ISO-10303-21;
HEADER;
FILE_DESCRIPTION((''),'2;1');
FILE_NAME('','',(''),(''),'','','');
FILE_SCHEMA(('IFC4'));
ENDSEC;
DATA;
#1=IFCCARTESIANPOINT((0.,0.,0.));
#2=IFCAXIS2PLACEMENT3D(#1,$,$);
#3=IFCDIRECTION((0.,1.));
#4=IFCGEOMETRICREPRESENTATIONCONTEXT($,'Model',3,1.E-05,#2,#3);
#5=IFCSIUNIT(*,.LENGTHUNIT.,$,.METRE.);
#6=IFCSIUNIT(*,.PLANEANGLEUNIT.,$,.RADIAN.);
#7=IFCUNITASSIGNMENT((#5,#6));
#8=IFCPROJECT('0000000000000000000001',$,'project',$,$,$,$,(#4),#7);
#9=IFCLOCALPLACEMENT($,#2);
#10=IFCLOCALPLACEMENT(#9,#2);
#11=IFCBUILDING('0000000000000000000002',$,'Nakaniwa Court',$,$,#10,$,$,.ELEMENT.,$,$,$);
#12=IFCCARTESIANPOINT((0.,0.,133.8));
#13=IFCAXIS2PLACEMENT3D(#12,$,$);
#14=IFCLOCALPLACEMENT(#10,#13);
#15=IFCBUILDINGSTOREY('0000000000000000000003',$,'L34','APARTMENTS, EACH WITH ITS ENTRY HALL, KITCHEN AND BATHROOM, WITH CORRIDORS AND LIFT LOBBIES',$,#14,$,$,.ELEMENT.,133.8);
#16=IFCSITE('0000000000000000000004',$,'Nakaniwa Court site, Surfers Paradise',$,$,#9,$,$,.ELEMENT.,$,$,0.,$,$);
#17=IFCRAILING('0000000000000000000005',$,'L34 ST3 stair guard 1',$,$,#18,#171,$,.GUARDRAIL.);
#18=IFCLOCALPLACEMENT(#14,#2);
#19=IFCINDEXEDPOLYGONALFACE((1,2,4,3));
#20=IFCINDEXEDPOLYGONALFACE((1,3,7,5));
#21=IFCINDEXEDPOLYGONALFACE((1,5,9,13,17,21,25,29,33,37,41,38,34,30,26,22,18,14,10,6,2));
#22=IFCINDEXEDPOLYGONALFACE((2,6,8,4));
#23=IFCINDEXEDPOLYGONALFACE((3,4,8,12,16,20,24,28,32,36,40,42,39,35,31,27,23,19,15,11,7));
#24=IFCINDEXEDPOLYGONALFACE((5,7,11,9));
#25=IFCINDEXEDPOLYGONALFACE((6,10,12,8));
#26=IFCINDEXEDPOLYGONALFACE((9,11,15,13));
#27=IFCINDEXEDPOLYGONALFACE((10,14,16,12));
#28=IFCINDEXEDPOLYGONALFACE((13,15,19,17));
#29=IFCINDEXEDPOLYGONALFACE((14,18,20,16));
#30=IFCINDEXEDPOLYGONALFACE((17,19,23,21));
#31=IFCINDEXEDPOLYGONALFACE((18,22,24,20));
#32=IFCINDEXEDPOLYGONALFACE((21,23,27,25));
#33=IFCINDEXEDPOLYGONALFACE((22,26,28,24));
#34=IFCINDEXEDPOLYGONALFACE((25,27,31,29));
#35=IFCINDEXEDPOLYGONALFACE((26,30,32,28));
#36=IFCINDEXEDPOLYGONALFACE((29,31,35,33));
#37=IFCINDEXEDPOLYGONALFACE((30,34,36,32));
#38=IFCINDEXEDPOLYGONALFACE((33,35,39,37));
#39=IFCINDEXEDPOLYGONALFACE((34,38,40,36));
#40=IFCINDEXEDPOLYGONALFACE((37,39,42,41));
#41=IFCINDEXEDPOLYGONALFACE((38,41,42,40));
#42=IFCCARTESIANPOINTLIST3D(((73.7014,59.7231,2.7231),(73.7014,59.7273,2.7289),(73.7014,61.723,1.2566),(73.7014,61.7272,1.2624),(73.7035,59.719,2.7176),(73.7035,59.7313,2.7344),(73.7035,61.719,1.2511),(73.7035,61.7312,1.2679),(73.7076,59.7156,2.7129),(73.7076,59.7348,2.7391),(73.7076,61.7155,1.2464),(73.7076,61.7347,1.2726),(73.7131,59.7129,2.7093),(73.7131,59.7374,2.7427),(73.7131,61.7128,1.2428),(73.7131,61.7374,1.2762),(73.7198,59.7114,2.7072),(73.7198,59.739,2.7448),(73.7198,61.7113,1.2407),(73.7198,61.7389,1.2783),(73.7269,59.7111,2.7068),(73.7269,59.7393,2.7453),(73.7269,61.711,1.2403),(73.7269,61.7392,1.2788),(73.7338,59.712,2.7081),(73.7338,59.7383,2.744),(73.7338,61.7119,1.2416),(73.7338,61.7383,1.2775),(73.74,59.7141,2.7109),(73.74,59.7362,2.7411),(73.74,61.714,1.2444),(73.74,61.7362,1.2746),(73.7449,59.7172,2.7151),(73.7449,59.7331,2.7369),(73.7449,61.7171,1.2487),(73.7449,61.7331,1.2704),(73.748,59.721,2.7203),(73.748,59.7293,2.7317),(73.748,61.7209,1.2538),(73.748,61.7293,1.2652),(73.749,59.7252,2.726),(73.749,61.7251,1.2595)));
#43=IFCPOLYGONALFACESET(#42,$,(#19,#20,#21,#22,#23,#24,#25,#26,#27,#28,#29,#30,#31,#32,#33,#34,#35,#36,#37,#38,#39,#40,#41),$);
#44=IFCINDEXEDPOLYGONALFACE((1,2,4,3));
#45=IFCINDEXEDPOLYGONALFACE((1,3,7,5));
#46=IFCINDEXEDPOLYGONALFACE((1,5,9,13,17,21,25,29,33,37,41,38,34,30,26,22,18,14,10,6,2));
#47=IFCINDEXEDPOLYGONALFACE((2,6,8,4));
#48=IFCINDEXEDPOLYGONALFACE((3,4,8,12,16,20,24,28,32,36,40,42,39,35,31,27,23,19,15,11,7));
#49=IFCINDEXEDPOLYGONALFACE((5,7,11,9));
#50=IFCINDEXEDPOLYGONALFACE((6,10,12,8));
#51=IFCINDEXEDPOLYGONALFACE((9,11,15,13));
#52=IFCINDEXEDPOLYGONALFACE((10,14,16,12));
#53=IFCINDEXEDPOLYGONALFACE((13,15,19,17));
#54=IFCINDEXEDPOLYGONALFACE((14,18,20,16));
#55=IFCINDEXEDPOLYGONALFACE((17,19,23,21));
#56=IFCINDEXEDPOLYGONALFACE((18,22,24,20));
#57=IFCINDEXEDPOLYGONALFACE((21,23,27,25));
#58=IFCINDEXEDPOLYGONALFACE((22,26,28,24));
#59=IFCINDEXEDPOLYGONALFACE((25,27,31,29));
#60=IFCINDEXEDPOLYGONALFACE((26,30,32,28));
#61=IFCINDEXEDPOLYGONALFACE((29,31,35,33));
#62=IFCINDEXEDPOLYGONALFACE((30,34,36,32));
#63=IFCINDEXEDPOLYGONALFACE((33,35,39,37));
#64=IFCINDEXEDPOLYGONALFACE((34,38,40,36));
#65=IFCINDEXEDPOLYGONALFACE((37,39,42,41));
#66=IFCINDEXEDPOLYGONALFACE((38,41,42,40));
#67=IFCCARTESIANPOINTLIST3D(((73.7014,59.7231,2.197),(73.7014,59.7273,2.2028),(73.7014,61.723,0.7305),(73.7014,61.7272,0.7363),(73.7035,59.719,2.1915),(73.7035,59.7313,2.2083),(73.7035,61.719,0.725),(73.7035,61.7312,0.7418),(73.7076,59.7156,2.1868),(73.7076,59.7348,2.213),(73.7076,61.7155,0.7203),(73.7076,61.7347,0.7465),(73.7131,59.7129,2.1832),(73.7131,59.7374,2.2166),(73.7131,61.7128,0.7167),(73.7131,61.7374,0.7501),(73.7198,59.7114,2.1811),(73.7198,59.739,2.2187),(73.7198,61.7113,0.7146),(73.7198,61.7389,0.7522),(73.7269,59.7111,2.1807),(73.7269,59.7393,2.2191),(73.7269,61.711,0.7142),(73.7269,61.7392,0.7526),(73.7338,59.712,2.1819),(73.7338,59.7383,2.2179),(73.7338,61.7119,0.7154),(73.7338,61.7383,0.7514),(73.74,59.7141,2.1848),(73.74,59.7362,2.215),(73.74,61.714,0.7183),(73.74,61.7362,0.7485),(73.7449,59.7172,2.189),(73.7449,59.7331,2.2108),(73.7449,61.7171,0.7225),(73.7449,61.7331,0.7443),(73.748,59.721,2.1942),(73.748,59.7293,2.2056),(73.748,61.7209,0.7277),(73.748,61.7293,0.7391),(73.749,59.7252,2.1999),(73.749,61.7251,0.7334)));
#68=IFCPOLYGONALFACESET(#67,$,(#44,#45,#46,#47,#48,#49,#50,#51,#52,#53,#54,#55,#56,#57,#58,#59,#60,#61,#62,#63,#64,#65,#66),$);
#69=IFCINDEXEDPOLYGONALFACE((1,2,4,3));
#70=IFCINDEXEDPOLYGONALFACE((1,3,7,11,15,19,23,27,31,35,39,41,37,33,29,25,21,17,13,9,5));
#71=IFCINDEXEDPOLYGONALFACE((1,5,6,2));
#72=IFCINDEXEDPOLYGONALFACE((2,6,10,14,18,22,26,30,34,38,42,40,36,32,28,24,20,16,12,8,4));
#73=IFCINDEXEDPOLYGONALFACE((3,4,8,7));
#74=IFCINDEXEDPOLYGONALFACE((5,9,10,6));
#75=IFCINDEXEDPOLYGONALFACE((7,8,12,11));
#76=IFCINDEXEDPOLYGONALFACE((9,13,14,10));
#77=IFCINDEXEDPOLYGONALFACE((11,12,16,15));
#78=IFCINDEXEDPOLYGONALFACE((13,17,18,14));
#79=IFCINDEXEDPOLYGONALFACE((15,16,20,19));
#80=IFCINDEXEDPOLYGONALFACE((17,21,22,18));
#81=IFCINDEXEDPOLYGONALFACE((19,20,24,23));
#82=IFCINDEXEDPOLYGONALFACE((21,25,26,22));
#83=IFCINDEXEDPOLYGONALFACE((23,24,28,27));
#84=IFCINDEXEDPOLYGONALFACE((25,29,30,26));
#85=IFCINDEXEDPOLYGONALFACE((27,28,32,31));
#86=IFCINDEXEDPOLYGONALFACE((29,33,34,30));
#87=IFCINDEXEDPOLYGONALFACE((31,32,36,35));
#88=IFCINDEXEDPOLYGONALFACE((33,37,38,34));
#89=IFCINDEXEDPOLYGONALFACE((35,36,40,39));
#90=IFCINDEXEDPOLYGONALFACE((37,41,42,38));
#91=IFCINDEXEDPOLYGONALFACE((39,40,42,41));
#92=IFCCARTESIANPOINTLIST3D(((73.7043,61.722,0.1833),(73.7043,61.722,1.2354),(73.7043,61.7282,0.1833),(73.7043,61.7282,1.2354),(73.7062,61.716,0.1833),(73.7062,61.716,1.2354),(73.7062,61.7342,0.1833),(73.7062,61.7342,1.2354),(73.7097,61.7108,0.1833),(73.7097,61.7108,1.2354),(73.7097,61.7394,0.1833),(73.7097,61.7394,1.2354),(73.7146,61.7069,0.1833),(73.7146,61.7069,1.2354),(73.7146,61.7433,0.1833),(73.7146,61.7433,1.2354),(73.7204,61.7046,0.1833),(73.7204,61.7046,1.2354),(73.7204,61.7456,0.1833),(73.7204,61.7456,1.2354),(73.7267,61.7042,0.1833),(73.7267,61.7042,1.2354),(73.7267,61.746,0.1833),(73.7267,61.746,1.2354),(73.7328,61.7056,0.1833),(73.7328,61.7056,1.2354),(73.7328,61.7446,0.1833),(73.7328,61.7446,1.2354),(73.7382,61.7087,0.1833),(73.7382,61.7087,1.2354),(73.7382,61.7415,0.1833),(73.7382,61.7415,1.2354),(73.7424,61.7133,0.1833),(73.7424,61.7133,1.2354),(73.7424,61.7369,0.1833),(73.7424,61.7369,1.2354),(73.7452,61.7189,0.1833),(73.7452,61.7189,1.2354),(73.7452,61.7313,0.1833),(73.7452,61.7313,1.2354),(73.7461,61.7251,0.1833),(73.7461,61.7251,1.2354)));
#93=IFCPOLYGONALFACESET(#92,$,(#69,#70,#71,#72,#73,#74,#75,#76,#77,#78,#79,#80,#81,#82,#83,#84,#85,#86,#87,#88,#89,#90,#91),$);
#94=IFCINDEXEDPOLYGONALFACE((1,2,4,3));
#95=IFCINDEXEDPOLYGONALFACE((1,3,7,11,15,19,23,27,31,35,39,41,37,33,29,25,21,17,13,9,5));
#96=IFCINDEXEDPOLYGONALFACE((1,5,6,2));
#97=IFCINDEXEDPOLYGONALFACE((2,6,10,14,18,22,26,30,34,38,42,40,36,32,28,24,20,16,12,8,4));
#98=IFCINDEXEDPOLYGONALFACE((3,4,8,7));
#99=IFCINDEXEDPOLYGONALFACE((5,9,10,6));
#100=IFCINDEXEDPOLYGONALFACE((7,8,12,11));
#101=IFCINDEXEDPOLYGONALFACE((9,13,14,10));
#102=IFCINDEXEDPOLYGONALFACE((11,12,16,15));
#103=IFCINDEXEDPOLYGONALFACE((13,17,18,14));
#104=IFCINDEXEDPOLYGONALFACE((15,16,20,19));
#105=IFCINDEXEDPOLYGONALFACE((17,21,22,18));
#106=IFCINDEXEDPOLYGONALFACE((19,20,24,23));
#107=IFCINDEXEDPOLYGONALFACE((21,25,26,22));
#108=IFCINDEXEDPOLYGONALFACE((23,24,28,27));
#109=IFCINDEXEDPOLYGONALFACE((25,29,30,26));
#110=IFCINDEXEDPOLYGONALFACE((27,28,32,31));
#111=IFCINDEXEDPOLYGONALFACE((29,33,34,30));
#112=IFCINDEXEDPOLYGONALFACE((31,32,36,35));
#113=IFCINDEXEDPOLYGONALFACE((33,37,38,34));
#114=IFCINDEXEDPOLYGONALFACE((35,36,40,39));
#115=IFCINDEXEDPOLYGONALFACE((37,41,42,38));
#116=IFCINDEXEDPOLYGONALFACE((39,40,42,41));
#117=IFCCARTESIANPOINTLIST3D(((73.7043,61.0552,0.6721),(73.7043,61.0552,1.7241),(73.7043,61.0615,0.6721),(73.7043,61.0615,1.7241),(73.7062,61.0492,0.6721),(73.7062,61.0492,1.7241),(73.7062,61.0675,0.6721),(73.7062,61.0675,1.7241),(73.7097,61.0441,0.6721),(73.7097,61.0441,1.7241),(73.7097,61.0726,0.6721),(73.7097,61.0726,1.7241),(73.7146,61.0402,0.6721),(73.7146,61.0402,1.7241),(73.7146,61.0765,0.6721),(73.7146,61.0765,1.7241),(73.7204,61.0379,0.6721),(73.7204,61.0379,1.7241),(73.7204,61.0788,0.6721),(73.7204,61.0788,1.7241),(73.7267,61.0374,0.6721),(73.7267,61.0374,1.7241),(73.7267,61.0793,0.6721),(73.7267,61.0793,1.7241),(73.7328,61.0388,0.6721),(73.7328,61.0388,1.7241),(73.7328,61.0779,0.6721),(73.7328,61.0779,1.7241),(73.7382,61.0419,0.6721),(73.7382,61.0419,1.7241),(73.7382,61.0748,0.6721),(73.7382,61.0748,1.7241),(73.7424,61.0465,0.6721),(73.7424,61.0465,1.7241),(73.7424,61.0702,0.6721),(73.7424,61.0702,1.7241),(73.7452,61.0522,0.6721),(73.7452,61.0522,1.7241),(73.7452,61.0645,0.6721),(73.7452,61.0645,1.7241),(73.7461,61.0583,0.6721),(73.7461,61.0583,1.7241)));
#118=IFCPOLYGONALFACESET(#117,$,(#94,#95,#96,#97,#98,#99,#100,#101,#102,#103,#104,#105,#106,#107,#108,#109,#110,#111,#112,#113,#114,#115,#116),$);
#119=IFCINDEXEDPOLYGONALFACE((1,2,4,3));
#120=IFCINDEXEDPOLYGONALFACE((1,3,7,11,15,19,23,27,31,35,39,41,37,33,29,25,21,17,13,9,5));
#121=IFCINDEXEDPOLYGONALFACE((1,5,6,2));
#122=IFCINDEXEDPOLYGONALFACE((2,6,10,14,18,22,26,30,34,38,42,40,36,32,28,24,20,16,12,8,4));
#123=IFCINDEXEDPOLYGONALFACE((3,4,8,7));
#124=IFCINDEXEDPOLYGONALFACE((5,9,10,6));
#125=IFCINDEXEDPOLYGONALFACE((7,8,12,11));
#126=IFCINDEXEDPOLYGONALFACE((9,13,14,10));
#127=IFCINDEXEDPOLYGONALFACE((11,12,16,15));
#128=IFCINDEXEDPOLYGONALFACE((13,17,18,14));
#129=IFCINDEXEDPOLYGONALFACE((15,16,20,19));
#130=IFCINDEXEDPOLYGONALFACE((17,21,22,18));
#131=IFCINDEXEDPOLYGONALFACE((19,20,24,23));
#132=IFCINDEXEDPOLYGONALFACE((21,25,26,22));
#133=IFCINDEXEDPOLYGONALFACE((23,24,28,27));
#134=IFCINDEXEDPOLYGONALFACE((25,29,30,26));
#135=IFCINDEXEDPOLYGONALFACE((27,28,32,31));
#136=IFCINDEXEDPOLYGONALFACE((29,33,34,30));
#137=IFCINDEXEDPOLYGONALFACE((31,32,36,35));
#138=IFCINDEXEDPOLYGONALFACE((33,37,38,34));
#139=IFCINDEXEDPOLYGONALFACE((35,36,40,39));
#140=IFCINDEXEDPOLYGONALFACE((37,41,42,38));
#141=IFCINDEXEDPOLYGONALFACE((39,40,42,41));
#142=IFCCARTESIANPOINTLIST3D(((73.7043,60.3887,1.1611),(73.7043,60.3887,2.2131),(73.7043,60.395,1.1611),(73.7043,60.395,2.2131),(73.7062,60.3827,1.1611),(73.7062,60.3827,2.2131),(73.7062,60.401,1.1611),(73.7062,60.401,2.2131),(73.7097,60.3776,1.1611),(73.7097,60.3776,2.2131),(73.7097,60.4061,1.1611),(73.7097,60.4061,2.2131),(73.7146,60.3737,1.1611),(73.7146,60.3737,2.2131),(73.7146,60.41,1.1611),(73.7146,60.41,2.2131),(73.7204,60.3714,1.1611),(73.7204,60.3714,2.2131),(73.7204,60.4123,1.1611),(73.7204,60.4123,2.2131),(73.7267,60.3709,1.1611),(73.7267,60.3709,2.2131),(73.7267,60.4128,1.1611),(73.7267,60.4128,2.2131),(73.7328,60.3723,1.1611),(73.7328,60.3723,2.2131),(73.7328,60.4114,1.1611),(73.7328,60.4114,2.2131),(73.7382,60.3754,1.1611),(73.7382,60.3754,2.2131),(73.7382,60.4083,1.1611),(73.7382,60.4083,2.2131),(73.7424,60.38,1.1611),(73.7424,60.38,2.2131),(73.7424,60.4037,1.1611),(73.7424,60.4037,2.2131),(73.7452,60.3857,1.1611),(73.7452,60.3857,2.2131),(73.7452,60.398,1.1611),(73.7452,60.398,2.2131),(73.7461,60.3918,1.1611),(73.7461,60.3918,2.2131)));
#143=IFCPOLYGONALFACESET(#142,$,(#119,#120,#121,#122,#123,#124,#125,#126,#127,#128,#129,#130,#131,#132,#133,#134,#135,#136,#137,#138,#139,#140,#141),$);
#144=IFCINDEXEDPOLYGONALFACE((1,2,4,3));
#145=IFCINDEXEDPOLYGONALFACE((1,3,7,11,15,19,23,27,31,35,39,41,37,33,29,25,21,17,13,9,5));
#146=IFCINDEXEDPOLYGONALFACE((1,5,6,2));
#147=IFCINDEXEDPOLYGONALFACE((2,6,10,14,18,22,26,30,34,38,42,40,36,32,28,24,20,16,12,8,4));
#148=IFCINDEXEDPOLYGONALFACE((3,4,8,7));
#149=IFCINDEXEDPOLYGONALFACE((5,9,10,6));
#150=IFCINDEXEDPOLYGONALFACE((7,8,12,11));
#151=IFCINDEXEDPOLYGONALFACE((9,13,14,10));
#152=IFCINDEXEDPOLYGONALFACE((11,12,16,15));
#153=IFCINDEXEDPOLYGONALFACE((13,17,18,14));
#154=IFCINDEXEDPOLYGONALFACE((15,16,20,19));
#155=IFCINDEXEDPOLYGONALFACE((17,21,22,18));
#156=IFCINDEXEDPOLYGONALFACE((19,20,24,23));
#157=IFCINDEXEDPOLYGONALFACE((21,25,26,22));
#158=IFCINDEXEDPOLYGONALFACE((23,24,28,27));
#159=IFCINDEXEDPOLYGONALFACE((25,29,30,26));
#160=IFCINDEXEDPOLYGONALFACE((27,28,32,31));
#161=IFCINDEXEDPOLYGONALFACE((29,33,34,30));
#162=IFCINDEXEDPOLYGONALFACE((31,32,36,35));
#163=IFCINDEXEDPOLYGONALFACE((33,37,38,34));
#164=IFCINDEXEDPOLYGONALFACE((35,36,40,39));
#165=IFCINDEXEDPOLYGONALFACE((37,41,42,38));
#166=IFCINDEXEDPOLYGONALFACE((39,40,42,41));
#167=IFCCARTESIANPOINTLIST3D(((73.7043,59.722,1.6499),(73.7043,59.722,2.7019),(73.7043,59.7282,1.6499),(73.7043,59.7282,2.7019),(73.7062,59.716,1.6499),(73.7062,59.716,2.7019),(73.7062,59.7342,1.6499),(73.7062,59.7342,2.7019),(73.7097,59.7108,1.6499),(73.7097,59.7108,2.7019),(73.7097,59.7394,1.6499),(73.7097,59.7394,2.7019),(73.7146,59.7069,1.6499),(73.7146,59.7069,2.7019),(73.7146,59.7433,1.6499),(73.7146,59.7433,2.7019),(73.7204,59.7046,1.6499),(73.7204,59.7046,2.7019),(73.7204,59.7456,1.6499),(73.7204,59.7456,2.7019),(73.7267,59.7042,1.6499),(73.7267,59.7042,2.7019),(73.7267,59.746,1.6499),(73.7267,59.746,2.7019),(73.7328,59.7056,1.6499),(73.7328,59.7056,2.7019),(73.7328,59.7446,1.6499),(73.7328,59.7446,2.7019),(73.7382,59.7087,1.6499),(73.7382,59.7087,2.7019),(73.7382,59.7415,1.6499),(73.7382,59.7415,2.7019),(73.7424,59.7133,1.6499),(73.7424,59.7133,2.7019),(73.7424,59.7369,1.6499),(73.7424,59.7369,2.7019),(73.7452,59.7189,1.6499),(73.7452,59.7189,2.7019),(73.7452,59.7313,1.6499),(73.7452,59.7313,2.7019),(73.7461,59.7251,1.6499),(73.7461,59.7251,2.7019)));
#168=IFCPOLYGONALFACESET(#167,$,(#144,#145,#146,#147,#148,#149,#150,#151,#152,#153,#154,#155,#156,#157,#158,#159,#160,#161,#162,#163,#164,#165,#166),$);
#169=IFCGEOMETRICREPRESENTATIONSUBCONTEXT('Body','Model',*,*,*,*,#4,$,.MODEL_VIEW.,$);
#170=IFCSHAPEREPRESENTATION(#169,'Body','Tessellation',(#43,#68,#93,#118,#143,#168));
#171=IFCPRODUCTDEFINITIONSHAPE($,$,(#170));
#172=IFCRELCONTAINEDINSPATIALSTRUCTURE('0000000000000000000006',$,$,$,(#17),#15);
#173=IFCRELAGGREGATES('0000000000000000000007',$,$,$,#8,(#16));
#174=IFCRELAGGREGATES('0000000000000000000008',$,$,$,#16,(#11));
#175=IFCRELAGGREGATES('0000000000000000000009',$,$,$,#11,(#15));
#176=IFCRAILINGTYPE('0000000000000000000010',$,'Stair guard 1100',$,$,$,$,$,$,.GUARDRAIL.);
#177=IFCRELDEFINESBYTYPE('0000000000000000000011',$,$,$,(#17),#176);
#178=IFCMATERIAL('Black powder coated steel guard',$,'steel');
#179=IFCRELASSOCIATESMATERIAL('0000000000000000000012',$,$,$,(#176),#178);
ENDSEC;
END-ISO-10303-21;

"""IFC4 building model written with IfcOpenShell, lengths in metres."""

from ifc_helpers import new_model, si_unit, direction, frame, origin, origin_2d, place, context, subcontext, project, spatial, circle, extrude, material, type_object, element, save


model = new_model("IFC4")

# Units and contexts
model_context = context("Model", 3, precision=1e-05, world=origin(), true_north=direction((0.0, 1.0)))
body_context = subcontext(model_context, "Body", "Model", "MODEL_VIEW")
ifc_project = project(units=[si_unit("LENGTHUNIT", "METRE"), si_unit("PLANEANGLEUNIT", "RADIAN")], contexts=[model_context])

# Site, building, storey
site_placement = place(None, origin())
site = spatial("IfcSite", under=ifc_project, at=site_placement, Name="Nakaniwa Court site, Surfers Paradise", CompositionType="ELEMENT", RefElevation=0.0)
building_placement = place(site_placement, origin())
building = spatial("IfcBuilding", under=site, at=building_placement, Name="Nakaniwa Court", CompositionType="ELEMENT")
storey_placement = place(building_placement, frame((0.0, 0.0, 133.8)))
storey = spatial("IfcBuildingStorey", under=building, at=storey_placement, Name="L34", Description="APARTMENTS, EACH WITH ITS ENTRY HALL, KITCHEN AND BATHROOM, WITH CORRIDORS AND LIFT LOBBIES", CompositionType="ELEMENT", Elevation=133.8)

# Railing
ifc_material_1 = material(Name="Black powder coated steel guard", Category="steel")
railing_type_1 = type_object("IfcRailingType", Name="Stair guard 1100", PredefinedType="GUARDRAIL", material=ifc_material_1)
railing_1_placement = place(storey_placement, frame((73.7251, 61.7251, 0.1833)))
element("IfcRailing", 1, at=railing_1_placement, inside=storey, type_object=railing_type_1, Name="L34 ST3 stair guard 1", PredefinedType="GUARDRAIL", context=body_context, shape_type="SweptSolid", body=[
    extrude(circle(Radius=0.0239, at=origin_2d()), frame((0.0, 0.0, 1.0762), z_axis=(0.0, -0.806427, 0.591334), x_axis=(1.0, 0.0, 0.0)), (0.0, 0.0, 1.0), 2.48),
    extrude(circle(Radius=0.0239, at=origin_2d()), frame((0.0, 0.0, 0.55), z_axis=(0.0, -0.806427, 0.591334), x_axis=(1.0, 0.0, 0.0)), (0.0, 0.0, 1.0), 2.48),
    extrude(circle(Radius=0.021, at=origin_2d()), origin(), (0.0, 0.0, 1.0), 1.052),
    extrude(circle(Radius=0.021, at=origin_2d()), frame((0.0, -0.6667, 0.4888)), (0.0, 0.0, 1.0), 1.052),
    extrude(circle(Radius=0.021, at=origin_2d()), frame((0.0, -1.3333, 0.9778)), (0.0, 0.0, 1.0), 1.052),
    extrude(circle(Radius=0.021, at=origin_2d()), frame((0.0, -2.0, 1.4666)), (0.0, 0.0, 1.0), 1.052),
])

save(model, "model.ifc")
